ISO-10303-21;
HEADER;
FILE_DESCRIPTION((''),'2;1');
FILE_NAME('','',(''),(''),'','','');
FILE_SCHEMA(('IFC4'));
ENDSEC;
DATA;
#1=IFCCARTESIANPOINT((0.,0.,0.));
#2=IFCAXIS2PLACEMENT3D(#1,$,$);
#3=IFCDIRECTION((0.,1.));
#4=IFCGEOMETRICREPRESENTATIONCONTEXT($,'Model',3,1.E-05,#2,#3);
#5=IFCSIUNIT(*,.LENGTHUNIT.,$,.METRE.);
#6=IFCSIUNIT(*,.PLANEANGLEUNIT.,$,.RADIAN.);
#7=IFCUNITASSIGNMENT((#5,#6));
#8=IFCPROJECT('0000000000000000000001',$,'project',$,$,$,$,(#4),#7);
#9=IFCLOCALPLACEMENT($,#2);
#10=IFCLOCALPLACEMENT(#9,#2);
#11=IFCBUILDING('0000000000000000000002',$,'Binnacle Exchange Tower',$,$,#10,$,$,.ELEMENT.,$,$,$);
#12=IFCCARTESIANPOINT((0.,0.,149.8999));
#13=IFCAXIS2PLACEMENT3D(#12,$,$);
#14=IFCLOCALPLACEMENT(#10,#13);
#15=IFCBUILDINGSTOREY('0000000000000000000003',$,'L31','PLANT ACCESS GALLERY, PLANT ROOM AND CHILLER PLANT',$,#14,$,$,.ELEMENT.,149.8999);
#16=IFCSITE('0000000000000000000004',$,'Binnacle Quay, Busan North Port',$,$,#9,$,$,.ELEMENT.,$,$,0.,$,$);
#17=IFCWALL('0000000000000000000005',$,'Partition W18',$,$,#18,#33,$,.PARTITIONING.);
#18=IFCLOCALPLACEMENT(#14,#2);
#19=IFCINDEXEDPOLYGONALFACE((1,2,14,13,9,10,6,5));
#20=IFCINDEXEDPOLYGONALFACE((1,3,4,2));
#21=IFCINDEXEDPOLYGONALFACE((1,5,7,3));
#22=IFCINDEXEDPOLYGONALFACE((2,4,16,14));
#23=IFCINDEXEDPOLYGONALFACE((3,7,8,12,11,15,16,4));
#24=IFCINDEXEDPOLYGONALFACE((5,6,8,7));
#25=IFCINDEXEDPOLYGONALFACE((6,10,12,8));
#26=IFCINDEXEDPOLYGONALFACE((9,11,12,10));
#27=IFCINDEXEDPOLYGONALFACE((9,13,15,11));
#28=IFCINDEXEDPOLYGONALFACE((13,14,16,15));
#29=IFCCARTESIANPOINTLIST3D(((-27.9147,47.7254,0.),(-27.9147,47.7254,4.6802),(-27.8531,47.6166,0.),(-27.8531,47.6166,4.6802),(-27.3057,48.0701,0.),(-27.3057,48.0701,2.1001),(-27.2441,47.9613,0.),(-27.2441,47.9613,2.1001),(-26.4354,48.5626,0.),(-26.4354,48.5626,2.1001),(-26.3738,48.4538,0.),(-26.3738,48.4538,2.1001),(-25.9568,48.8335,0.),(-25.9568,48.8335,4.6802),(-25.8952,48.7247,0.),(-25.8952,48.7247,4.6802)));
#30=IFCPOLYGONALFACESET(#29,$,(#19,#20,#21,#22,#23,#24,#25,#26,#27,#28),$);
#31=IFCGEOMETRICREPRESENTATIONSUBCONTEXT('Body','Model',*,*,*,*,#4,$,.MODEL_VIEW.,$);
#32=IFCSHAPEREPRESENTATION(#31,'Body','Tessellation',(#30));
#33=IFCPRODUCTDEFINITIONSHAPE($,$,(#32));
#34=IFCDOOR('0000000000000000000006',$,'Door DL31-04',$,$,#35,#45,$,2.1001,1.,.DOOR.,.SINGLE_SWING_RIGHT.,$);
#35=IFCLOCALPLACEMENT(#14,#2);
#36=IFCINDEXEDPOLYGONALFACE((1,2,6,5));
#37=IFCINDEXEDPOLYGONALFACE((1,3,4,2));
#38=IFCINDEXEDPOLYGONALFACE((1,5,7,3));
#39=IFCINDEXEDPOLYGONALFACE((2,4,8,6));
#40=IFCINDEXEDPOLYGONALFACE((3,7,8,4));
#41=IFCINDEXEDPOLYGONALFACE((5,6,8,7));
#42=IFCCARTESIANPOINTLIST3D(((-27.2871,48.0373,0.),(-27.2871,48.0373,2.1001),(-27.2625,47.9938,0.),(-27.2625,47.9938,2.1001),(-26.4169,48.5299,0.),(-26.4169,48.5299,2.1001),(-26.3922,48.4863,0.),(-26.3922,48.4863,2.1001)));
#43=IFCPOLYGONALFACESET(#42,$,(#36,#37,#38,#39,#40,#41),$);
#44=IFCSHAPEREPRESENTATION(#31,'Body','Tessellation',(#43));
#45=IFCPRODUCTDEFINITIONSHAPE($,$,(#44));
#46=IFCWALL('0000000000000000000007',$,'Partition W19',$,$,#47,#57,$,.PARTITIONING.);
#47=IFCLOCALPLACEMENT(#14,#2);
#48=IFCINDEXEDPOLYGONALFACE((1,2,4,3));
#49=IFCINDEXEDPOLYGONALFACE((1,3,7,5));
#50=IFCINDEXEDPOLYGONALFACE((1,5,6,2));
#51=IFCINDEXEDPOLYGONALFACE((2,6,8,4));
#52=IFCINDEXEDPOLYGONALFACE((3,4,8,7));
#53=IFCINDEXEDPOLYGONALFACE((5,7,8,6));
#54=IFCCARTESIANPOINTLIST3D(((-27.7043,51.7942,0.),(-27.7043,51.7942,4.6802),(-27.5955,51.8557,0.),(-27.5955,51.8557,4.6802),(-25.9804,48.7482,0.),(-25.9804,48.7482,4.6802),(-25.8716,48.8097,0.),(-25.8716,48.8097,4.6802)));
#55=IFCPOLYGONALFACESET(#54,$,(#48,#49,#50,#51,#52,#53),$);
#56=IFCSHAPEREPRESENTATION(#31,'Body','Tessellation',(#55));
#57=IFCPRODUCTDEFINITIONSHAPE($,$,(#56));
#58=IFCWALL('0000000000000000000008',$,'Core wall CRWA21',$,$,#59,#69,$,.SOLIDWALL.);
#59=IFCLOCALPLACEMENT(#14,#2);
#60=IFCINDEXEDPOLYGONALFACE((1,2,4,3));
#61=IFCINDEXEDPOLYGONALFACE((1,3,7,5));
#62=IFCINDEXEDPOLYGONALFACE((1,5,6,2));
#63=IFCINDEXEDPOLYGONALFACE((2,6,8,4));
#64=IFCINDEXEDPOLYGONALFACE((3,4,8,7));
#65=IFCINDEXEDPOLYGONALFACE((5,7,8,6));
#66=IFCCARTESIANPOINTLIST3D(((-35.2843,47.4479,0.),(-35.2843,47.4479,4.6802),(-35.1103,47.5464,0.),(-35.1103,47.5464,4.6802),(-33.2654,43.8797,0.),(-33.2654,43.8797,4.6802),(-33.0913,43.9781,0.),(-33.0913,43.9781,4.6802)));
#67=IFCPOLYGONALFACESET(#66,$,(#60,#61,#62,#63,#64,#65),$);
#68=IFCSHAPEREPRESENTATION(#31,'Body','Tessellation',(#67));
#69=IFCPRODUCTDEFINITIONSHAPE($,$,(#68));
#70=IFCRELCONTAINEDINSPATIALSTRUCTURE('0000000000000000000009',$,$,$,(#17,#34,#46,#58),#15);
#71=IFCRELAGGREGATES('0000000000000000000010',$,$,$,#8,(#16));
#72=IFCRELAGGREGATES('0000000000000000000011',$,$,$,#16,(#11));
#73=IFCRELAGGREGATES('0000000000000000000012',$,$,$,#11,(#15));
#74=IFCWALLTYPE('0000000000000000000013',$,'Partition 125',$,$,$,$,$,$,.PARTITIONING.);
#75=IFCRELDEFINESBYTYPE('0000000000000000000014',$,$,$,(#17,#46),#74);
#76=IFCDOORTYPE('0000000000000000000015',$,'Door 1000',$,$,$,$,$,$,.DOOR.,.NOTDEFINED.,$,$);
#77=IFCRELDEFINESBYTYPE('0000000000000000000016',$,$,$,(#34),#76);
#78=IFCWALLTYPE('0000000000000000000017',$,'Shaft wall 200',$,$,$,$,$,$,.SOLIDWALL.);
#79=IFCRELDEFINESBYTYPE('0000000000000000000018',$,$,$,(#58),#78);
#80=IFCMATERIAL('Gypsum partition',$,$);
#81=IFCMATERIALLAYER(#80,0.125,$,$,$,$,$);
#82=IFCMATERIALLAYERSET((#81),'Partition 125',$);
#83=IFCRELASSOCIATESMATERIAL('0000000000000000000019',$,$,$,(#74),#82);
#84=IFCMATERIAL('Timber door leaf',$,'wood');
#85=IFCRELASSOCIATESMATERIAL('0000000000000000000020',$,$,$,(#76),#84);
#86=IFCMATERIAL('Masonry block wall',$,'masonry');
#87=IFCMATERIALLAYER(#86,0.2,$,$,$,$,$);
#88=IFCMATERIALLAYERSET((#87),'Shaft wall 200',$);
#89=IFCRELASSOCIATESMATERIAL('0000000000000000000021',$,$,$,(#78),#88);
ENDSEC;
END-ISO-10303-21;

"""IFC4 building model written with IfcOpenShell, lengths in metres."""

from ifc_helpers import new_model, si_unit, direction, frame, frame_2d, origin, place, context, subcontext, project, spatial, rectangle, extrude, material, layer, layer_set, type_object, element, fill, save


model = new_model("IFC4")

# Units and contexts
model_context = context("Model", 3, precision=1e-05, world=origin(), true_north=direction((0.0, 1.0)))
body_context = subcontext(model_context, "Body", "Model", "MODEL_VIEW")
ifc_project = project(units=[si_unit("LENGTHUNIT", "METRE"), si_unit("PLANEANGLEUNIT", "RADIAN")], contexts=[model_context])

# Site, building, storey
site_placement = place(None, origin())
site = spatial("IfcSite", under=ifc_project, at=site_placement, Name="Binnacle Quay, Busan North Port", CompositionType="ELEMENT", RefElevation=0.0)
building_placement = place(site_placement, origin())
building = spatial("IfcBuilding", under=site, at=building_placement, Name="Binnacle Exchange Tower", CompositionType="ELEMENT")
storey_placement = place(building_placement, frame((0.0, 0.0, 149.8999)))
storey = spatial("IfcBuildingStorey", under=building, at=storey_placement, Name="L31", Description="PLANT ACCESS GALLERY, PLANT ROOM AND CHILLER PLANT", CompositionType="ELEMENT", Elevation=149.8999)

# Shared definitions
ifc_material_1 = material(Name="Gypsum partition")
ifc_layer_1 = layer(ifc_material_1, 0.125)
ifc_layer_set_1 = layer_set([ifc_layer_1], Name="Partition 125")
wall_type_1 = type_object("IfcWallType", Name="Partition 125", PredefinedType="PARTITIONING", material=ifc_layer_set_1)

# Shared definitions
ifc_material_2 = material(Name="Timber door leaf", Category="wood")
door_type_1 = type_object("IfcDoorType", Name="Door 1000", OperationType="NOTDEFINED", PredefinedType="DOOR", material=ifc_material_2)

# Wall, opening, door
wall_1_placement = place(storey_placement, frame((-27.884, 47.6709, 0.0), z_axis=(0.0, 0.0, 1.0), x_axis=(0.870286, 0.492547, 0.0)))
wall_1 = element("IfcWall", 1, at=wall_1_placement, inside=storey, type_object=wall_type_1, Name="Partition W18", PredefinedType="PARTITIONING", context=body_context, shape_type="SweptSolid", body=[
    extrude(rectangle(XDim=2.2498, YDim=0.125, at=frame_2d((1.125, 0.0))), origin(), (0.0, 0.0, 1.0), 4.6802),
])
opening_1_placement = place(wall_1_placement, frame((0.7, 0.0, 0.0)))
opening_1 = element("IfcOpeningElement", 2, at=opening_1_placement, cuts=wall_1, PredefinedType="OPENING", context=body_context, shape_type="SweptSolid", body=[
    extrude(rectangle(XDim=1.0, YDim=2.1001, at=frame_2d((0.5, 1.05))), frame((0.0, 0.0725, 0.0), z_axis=(0.0, -1.0, 0.0), x_axis=(1.0, 0.0, 0.0)), (0.0, 0.0, 1.0), 0.145),
])
door_1_placement = place(opening_1_placement, origin())
door_1 = element("IfcDoor", 3, at=door_1_placement, inside=storey, type_object=door_type_1, Name="Door DL31-04", OperationType="SINGLE_SWING_RIGHT", OverallHeight=2.1001, OverallWidth=1.0, PredefinedType="DOOR", context=body_context, shape_type="SweptSolid", body=[
    extrude(rectangle(XDim=1.0, YDim=2.1001, at=frame_2d((0.5, 1.05))), frame((0.0, 0.0249, 0.0), z_axis=(0.0, -1.0, 0.0), x_axis=(1.0, 0.0, 0.0)), (0.0, 0.0, 1.0), 0.05),
])
fill(opening_1, door_1)

# Walls
wall_2_placement = place(storey_placement, frame((-27.6499, 51.825, 0.0), z_axis=(0.0, 0.0, 1.0), x_axis=(0.492551, -0.870283, 0.0)))
element("IfcWall", 4, at=wall_2_placement, inside=storey, type_object=wall_type_1, Name="Partition W19", PredefinedType="PARTITIONING", context=body_context, shape_type="SweptSolid", body=[
    extrude(rectangle(XDim=3.5, YDim=0.125, at=frame_2d((1.75, 0.0))), origin(), (0.0, 0.0, 1.0), 4.6802),
])
ifc_material_3 = material(Name="Masonry block wall", Category="masonry")
ifc_layer_2 = layer(ifc_material_3, 0.2)
ifc_layer_set_2 = layer_set([ifc_layer_2], Name="Shaft wall 200")
wall_type_2 = type_object("IfcWallType", Name="Shaft wall 200", PredefinedType="SOLIDWALL", material=ifc_layer_set_2)
wall_3_placement = place(storey_placement, frame((-35.1973, 47.4971, 0.0), z_axis=(0.0, 0.0, 1.0), x_axis=(0.492454, -0.870339, 0.0)))
element("IfcWall", 5, at=wall_3_placement, inside=storey, type_object=wall_type_2, Name="Core wall CRWA21", PredefinedType="SOLIDWALL", context=body_context, shape_type="SweptSolid", body=[
    extrude(rectangle(XDim=4.0999, YDim=0.2, at=frame_2d((2.0498, 0.0))), origin(), (0.0, 0.0, 1.0), 4.6802),
])

save(model, "model.ifc")
